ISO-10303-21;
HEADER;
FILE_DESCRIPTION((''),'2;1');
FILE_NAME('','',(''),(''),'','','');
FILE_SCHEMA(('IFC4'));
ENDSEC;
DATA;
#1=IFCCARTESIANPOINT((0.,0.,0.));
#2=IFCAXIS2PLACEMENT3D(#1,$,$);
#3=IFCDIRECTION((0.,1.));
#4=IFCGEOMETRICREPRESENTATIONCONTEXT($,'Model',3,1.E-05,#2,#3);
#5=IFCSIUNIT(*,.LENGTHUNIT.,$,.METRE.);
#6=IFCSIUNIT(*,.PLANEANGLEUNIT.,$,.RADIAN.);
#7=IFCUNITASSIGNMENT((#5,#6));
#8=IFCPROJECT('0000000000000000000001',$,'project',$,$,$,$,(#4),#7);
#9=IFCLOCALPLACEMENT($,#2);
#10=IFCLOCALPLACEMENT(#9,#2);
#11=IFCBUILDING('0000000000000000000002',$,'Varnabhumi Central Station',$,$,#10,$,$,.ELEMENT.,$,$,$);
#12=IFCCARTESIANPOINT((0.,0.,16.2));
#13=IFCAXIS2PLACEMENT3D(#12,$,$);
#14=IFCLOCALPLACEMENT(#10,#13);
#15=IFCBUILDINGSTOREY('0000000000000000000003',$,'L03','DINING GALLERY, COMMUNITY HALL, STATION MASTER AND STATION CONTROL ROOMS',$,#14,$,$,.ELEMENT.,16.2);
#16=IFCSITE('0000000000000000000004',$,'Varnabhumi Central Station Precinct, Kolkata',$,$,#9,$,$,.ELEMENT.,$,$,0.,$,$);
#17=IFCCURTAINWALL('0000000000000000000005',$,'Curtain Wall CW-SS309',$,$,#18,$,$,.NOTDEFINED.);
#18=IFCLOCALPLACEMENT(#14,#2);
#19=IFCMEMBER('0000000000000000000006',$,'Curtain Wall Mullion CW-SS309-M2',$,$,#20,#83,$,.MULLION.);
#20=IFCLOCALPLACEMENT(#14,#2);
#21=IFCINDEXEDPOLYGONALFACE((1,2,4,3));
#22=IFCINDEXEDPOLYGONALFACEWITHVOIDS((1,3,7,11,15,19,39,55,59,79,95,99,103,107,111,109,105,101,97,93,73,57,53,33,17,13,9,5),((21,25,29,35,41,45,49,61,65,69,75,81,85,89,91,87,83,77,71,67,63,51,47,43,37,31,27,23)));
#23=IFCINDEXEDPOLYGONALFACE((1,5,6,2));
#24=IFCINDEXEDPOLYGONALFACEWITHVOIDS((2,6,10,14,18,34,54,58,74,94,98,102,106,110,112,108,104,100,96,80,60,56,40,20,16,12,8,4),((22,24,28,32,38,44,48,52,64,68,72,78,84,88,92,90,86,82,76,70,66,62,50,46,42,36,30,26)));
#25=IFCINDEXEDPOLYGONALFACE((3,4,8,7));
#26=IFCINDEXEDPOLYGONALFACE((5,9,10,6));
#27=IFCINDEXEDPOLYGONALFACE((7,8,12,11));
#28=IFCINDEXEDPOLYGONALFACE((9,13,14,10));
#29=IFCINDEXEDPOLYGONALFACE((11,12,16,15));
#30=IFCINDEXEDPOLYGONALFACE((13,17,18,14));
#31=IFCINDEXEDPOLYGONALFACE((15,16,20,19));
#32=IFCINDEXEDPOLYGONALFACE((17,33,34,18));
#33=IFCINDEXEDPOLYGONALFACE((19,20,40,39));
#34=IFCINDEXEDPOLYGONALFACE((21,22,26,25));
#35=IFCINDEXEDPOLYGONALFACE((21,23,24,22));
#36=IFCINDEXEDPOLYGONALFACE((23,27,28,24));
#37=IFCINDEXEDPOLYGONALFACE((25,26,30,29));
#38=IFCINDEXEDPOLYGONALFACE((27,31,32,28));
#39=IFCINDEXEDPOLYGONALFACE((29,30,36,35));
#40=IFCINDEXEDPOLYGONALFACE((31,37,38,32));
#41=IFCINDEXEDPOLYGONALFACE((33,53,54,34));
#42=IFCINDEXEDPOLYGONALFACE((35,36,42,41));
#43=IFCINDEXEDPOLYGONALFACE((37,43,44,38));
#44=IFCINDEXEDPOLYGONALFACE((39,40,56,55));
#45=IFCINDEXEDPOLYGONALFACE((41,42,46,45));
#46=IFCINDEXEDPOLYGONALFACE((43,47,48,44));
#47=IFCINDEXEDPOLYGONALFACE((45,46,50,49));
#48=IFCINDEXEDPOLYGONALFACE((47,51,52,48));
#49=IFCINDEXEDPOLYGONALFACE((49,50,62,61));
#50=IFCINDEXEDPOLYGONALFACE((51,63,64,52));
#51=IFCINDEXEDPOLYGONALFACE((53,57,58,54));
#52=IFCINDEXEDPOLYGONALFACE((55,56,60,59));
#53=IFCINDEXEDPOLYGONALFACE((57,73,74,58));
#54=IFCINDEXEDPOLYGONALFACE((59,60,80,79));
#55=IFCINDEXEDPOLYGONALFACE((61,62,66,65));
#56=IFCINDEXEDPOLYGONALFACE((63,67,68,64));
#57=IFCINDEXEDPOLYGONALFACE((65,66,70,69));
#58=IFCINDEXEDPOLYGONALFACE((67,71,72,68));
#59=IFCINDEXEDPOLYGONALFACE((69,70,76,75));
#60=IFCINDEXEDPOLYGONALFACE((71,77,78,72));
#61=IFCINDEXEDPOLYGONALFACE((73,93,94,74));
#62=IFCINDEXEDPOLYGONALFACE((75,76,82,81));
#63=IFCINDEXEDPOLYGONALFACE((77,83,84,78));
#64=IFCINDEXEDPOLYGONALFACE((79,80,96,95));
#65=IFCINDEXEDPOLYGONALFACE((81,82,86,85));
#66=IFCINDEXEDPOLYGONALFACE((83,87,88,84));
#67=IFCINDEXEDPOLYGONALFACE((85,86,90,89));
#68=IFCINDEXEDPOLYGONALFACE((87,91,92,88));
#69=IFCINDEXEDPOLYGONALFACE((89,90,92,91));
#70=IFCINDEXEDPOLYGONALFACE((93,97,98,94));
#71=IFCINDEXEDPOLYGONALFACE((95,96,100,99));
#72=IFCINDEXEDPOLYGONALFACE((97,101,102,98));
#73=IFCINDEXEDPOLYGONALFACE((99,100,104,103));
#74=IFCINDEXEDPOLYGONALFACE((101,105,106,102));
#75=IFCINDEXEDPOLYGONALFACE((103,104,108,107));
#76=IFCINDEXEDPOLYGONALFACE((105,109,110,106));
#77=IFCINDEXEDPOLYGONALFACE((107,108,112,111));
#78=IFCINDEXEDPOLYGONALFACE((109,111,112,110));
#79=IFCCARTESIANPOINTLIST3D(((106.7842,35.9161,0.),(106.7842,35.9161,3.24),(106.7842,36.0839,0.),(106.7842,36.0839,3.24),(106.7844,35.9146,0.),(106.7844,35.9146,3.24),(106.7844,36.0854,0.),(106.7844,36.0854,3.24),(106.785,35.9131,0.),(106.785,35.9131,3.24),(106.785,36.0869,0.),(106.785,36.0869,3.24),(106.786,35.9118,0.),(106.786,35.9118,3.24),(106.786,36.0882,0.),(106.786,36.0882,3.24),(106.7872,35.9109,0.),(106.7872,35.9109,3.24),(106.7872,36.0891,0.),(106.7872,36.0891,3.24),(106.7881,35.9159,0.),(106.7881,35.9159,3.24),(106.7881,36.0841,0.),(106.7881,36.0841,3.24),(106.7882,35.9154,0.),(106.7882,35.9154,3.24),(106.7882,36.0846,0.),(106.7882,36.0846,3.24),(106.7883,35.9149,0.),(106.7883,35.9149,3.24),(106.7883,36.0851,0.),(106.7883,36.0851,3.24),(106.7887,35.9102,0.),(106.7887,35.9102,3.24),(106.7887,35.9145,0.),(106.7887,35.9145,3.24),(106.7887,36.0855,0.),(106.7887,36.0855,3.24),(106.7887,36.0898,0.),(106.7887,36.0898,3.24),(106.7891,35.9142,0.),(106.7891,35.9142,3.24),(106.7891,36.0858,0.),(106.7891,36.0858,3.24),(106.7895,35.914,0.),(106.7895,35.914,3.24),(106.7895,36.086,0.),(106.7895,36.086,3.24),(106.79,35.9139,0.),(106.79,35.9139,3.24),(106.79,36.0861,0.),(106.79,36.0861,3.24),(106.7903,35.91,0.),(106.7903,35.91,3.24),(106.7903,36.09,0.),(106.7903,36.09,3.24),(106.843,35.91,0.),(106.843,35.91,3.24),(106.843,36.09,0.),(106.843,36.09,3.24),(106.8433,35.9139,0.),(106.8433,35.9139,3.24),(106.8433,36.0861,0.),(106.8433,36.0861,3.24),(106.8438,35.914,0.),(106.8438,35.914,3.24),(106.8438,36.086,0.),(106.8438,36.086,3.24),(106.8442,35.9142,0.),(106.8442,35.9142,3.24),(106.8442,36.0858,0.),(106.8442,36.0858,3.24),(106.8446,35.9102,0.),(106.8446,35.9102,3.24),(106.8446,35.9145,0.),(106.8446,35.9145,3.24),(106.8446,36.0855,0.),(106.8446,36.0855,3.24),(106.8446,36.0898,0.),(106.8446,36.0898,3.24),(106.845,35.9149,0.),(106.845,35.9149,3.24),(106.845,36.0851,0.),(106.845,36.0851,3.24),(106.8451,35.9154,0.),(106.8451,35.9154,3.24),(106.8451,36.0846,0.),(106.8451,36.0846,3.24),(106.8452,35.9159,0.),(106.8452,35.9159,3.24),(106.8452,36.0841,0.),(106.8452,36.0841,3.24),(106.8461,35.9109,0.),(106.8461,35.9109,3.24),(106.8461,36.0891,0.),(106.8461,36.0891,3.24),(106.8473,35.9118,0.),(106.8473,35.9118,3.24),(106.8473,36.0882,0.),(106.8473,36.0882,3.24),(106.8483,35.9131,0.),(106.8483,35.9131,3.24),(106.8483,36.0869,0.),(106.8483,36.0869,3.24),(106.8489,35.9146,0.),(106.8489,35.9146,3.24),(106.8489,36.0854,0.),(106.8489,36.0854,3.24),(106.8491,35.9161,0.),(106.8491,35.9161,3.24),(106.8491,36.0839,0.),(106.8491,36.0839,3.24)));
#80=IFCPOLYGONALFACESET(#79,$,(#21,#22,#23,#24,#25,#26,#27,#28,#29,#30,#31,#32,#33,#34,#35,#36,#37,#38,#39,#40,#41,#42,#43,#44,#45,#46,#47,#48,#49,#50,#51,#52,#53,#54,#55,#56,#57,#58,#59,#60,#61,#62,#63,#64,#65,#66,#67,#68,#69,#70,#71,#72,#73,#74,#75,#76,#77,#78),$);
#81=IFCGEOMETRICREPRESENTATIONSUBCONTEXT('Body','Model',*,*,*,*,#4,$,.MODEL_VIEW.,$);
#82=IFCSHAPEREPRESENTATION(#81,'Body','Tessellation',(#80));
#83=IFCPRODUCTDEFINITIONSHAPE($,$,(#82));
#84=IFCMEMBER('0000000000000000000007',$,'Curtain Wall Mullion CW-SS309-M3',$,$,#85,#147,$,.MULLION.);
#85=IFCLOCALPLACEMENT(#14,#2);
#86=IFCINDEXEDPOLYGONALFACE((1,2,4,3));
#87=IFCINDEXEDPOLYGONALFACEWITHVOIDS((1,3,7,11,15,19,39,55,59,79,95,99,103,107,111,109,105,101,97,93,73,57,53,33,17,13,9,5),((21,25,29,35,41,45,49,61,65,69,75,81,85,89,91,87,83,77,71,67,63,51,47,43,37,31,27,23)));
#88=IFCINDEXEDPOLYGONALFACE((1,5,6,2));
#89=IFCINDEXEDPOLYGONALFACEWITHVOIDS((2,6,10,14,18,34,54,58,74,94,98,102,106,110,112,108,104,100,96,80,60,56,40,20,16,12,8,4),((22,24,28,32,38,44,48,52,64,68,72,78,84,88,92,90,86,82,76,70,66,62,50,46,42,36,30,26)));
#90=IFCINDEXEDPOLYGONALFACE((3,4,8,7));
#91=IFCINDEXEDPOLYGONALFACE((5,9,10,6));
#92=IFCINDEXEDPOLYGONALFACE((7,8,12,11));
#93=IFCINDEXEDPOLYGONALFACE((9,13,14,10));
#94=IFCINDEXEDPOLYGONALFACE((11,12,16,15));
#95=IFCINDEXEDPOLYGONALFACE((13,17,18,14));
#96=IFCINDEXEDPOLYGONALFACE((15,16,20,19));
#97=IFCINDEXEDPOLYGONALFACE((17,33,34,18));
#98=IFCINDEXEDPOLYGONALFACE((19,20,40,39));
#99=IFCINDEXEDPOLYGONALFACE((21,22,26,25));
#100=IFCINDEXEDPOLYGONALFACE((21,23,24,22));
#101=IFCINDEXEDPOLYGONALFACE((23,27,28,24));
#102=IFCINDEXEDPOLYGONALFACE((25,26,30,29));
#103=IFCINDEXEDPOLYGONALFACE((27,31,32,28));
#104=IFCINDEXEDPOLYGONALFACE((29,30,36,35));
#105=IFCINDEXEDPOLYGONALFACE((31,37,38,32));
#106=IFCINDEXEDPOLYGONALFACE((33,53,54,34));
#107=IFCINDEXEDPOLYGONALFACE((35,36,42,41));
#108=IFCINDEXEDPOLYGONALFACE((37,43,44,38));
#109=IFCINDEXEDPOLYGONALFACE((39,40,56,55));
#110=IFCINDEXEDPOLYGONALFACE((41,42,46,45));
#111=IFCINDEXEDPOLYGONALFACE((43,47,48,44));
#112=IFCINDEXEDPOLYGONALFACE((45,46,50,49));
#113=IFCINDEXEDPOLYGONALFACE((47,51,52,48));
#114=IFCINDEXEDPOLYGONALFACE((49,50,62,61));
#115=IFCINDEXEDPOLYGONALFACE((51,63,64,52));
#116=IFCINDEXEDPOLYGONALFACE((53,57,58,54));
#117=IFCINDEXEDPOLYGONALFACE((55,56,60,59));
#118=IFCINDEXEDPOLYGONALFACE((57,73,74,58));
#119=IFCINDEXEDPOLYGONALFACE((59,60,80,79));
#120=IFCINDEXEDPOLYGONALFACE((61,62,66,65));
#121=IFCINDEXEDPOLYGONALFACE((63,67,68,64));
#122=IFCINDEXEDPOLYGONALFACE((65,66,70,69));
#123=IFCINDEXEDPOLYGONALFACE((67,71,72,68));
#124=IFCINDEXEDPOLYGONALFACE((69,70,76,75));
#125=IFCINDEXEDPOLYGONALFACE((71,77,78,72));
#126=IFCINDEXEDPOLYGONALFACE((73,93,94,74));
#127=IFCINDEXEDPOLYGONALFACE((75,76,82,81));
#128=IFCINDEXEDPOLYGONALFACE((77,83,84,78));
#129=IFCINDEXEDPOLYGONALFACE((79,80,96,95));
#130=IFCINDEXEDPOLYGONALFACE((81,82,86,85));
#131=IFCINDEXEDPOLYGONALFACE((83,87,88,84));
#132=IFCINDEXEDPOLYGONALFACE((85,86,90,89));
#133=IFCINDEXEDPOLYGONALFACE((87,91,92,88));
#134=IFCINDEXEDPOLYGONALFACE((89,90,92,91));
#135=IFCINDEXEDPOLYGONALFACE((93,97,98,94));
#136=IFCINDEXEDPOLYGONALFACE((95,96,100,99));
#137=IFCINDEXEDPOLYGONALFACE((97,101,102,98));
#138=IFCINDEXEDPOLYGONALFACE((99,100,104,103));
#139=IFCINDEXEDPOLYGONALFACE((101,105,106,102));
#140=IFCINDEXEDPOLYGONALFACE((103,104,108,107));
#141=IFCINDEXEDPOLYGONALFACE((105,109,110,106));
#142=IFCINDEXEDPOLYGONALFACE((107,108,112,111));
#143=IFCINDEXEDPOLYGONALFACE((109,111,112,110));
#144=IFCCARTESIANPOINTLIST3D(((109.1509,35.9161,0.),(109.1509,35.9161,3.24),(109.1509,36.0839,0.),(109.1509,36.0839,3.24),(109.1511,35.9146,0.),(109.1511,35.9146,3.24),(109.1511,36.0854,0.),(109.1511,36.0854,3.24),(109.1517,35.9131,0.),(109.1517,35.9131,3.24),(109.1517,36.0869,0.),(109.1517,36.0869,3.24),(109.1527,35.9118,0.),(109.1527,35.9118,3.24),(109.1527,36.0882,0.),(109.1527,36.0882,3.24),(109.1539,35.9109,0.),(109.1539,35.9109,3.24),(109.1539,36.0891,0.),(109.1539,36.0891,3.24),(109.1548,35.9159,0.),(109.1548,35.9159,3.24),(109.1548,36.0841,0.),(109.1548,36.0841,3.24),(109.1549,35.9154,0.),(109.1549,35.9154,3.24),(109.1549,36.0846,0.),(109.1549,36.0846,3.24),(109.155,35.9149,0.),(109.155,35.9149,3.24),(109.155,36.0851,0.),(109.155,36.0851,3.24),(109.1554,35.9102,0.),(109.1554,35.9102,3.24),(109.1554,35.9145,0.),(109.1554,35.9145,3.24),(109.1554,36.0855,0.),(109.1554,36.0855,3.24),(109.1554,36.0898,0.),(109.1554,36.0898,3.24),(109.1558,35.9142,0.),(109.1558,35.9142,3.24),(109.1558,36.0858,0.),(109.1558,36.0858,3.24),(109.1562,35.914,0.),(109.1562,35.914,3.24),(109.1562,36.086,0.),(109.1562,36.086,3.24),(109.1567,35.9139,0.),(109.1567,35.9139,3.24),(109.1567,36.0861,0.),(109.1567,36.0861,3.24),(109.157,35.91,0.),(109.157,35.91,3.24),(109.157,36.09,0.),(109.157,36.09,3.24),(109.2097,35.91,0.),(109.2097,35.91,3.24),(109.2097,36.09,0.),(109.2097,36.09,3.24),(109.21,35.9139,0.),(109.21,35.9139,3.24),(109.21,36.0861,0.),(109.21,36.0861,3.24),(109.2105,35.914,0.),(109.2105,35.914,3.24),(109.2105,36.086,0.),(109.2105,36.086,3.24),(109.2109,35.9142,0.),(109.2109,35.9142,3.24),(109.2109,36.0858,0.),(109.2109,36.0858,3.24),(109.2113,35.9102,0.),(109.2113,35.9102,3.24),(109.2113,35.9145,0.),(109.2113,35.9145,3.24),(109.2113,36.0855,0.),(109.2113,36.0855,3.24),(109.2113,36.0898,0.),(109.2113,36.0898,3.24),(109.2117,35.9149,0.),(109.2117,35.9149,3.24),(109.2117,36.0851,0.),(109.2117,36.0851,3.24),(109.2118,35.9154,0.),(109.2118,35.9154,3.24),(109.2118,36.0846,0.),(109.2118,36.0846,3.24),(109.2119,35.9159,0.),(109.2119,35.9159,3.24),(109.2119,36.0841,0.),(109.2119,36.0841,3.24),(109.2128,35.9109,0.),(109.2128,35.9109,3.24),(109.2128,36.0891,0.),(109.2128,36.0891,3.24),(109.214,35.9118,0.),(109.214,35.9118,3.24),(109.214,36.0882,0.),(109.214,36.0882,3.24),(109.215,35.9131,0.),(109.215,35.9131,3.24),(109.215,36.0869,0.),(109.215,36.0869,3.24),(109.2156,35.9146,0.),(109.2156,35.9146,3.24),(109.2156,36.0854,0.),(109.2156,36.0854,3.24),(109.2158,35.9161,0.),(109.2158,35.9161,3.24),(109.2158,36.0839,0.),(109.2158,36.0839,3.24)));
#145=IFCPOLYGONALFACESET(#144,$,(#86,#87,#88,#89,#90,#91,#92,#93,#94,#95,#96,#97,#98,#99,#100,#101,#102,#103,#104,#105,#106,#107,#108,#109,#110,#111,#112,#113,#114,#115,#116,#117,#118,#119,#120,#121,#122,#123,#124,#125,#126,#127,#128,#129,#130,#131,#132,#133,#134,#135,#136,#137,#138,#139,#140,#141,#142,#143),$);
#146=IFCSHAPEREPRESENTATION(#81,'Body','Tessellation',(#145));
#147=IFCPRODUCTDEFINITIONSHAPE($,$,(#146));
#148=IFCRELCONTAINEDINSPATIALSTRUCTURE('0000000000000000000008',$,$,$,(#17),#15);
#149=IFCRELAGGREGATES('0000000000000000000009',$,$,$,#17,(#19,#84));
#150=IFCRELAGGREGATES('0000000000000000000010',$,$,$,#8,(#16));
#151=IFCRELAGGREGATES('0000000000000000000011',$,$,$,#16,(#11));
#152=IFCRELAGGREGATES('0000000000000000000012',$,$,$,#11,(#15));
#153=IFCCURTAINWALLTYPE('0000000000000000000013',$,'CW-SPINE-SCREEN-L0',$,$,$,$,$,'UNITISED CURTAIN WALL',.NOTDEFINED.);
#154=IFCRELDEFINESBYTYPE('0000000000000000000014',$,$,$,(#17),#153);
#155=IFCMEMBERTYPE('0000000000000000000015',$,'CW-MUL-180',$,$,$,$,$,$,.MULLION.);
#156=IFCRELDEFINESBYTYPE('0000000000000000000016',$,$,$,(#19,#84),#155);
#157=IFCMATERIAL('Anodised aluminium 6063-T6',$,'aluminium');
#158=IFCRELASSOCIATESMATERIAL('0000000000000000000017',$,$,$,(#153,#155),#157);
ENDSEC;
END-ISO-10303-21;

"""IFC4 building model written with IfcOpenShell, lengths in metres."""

from ifc_helpers import new_model, si_unit, direction, frame, origin, origin_2d, place, context, subcontext, project, spatial, hollow_rectangle, extrude, material, material_profile, profile_set, type_object, element, aggregate, save


model = new_model("IFC4")

# Units and contexts
model_context = context("Model", 3, precision=1e-05, world=origin(), true_north=direction((0.0, 1.0)))
body_context = subcontext(model_context, "Body", "Model", "MODEL_VIEW")
ifc_project = project(units=[si_unit("LENGTHUNIT", "METRE"), si_unit("PLANEANGLEUNIT", "RADIAN")], contexts=[model_context])

# Site, building, storey
site_placement = place(None, origin())
site = spatial("IfcSite", under=ifc_project, at=site_placement, Name="Varnabhumi Central Station Precinct, Kolkata", CompositionType="ELEMENT", RefElevation=0.0)
building_placement = place(site_placement, origin())
building = spatial("IfcBuilding", under=site, at=building_placement, Name="Varnabhumi Central Station", CompositionType="ELEMENT")
storey_placement = place(building_placement, frame((0.0, 0.0, 16.2)))
storey = spatial("IfcBuildingStorey", under=building, at=storey_placement, Name="L03", Description="DINING GALLERY, COMMUNITY HALL, STATION MASTER AND STATION CONTROL ROOMS", CompositionType="ELEMENT", Elevation=16.2)

# Curtain wall, members
ifc_material_1 = material(Name="Anodised aluminium 6063-T6", Category="aluminium")
curtain_wall_type = type_object("IfcCurtainWallType", Name="CW-SPINE-SCREEN-L0", ElementType="UNITISED CURTAIN WALL", PredefinedType="NOTDEFINED", material=ifc_material_1)
curtain_wall_placement = place(storey_placement, origin())
curtain_wall = element("IfcCurtainWall", 1, at=curtain_wall_placement, inside=storey, type_object=curtain_wall_type, Name="Curtain Wall CW-SS309", PredefinedType="NOTDEFINED")
ifc_material_profile_1 = material_profile(ifc_material_1, hollow_rectangle(XDim=0.0649, YDim=0.1799, WallThickness=0.0039, InnerFilletRadius=0.002, OuterFilletRadius=0.0061, at=origin_2d()), Name="Anodised aluminium 6063-T6", Category="aluminium")
ifc_profile_set_1 = profile_set([ifc_material_profile_1], Name="Anodised aluminium 6063-T6")
member_type_1 = type_object("IfcMemberType", Name="CW-MUL-180", PredefinedType="MULLION", material=ifc_profile_set_1)
member_1_placement = place(storey_placement, frame((106.8167, 36.0, 0.0), z_axis=(0.0, 0.0, 1.0), x_axis=(1.0, 0.0, 0.0)))
member_1 = element("IfcMember", 2, at=member_1_placement, type_object=member_type_1, Name="Curtain Wall Mullion CW-SS309-M2", PredefinedType="MULLION", context=body_context, shape_type="SweptSolid", body=[
    extrude(hollow_rectangle(XDim=0.0649, YDim=0.1799, WallThickness=0.0039, InnerFilletRadius=0.002, OuterFilletRadius=0.0061, at=origin_2d()), origin(), (0.0, 0.0, 1.0), 3.24),
])
member_2_placement = place(storey_placement, frame((109.1833, 36.0, 0.0), z_axis=(0.0, 0.0, 1.0), x_axis=(1.0, 0.0, 0.0)))
member_2 = element("IfcMember", 3, at=member_2_placement, type_object=member_type_1, Name="Curtain Wall Mullion CW-SS309-M3", PredefinedType="MULLION", context=body_context, shape_type="SweptSolid", body=[
    extrude(hollow_rectangle(XDim=0.0649, YDim=0.1799, WallThickness=0.0039, InnerFilletRadius=0.002, OuterFilletRadius=0.0061, at=origin_2d()), origin(), (0.0, 0.0, 1.0), 3.24),
])
aggregate(curtain_wall, [member_1, member_2])

save(model, "model.ifc")
